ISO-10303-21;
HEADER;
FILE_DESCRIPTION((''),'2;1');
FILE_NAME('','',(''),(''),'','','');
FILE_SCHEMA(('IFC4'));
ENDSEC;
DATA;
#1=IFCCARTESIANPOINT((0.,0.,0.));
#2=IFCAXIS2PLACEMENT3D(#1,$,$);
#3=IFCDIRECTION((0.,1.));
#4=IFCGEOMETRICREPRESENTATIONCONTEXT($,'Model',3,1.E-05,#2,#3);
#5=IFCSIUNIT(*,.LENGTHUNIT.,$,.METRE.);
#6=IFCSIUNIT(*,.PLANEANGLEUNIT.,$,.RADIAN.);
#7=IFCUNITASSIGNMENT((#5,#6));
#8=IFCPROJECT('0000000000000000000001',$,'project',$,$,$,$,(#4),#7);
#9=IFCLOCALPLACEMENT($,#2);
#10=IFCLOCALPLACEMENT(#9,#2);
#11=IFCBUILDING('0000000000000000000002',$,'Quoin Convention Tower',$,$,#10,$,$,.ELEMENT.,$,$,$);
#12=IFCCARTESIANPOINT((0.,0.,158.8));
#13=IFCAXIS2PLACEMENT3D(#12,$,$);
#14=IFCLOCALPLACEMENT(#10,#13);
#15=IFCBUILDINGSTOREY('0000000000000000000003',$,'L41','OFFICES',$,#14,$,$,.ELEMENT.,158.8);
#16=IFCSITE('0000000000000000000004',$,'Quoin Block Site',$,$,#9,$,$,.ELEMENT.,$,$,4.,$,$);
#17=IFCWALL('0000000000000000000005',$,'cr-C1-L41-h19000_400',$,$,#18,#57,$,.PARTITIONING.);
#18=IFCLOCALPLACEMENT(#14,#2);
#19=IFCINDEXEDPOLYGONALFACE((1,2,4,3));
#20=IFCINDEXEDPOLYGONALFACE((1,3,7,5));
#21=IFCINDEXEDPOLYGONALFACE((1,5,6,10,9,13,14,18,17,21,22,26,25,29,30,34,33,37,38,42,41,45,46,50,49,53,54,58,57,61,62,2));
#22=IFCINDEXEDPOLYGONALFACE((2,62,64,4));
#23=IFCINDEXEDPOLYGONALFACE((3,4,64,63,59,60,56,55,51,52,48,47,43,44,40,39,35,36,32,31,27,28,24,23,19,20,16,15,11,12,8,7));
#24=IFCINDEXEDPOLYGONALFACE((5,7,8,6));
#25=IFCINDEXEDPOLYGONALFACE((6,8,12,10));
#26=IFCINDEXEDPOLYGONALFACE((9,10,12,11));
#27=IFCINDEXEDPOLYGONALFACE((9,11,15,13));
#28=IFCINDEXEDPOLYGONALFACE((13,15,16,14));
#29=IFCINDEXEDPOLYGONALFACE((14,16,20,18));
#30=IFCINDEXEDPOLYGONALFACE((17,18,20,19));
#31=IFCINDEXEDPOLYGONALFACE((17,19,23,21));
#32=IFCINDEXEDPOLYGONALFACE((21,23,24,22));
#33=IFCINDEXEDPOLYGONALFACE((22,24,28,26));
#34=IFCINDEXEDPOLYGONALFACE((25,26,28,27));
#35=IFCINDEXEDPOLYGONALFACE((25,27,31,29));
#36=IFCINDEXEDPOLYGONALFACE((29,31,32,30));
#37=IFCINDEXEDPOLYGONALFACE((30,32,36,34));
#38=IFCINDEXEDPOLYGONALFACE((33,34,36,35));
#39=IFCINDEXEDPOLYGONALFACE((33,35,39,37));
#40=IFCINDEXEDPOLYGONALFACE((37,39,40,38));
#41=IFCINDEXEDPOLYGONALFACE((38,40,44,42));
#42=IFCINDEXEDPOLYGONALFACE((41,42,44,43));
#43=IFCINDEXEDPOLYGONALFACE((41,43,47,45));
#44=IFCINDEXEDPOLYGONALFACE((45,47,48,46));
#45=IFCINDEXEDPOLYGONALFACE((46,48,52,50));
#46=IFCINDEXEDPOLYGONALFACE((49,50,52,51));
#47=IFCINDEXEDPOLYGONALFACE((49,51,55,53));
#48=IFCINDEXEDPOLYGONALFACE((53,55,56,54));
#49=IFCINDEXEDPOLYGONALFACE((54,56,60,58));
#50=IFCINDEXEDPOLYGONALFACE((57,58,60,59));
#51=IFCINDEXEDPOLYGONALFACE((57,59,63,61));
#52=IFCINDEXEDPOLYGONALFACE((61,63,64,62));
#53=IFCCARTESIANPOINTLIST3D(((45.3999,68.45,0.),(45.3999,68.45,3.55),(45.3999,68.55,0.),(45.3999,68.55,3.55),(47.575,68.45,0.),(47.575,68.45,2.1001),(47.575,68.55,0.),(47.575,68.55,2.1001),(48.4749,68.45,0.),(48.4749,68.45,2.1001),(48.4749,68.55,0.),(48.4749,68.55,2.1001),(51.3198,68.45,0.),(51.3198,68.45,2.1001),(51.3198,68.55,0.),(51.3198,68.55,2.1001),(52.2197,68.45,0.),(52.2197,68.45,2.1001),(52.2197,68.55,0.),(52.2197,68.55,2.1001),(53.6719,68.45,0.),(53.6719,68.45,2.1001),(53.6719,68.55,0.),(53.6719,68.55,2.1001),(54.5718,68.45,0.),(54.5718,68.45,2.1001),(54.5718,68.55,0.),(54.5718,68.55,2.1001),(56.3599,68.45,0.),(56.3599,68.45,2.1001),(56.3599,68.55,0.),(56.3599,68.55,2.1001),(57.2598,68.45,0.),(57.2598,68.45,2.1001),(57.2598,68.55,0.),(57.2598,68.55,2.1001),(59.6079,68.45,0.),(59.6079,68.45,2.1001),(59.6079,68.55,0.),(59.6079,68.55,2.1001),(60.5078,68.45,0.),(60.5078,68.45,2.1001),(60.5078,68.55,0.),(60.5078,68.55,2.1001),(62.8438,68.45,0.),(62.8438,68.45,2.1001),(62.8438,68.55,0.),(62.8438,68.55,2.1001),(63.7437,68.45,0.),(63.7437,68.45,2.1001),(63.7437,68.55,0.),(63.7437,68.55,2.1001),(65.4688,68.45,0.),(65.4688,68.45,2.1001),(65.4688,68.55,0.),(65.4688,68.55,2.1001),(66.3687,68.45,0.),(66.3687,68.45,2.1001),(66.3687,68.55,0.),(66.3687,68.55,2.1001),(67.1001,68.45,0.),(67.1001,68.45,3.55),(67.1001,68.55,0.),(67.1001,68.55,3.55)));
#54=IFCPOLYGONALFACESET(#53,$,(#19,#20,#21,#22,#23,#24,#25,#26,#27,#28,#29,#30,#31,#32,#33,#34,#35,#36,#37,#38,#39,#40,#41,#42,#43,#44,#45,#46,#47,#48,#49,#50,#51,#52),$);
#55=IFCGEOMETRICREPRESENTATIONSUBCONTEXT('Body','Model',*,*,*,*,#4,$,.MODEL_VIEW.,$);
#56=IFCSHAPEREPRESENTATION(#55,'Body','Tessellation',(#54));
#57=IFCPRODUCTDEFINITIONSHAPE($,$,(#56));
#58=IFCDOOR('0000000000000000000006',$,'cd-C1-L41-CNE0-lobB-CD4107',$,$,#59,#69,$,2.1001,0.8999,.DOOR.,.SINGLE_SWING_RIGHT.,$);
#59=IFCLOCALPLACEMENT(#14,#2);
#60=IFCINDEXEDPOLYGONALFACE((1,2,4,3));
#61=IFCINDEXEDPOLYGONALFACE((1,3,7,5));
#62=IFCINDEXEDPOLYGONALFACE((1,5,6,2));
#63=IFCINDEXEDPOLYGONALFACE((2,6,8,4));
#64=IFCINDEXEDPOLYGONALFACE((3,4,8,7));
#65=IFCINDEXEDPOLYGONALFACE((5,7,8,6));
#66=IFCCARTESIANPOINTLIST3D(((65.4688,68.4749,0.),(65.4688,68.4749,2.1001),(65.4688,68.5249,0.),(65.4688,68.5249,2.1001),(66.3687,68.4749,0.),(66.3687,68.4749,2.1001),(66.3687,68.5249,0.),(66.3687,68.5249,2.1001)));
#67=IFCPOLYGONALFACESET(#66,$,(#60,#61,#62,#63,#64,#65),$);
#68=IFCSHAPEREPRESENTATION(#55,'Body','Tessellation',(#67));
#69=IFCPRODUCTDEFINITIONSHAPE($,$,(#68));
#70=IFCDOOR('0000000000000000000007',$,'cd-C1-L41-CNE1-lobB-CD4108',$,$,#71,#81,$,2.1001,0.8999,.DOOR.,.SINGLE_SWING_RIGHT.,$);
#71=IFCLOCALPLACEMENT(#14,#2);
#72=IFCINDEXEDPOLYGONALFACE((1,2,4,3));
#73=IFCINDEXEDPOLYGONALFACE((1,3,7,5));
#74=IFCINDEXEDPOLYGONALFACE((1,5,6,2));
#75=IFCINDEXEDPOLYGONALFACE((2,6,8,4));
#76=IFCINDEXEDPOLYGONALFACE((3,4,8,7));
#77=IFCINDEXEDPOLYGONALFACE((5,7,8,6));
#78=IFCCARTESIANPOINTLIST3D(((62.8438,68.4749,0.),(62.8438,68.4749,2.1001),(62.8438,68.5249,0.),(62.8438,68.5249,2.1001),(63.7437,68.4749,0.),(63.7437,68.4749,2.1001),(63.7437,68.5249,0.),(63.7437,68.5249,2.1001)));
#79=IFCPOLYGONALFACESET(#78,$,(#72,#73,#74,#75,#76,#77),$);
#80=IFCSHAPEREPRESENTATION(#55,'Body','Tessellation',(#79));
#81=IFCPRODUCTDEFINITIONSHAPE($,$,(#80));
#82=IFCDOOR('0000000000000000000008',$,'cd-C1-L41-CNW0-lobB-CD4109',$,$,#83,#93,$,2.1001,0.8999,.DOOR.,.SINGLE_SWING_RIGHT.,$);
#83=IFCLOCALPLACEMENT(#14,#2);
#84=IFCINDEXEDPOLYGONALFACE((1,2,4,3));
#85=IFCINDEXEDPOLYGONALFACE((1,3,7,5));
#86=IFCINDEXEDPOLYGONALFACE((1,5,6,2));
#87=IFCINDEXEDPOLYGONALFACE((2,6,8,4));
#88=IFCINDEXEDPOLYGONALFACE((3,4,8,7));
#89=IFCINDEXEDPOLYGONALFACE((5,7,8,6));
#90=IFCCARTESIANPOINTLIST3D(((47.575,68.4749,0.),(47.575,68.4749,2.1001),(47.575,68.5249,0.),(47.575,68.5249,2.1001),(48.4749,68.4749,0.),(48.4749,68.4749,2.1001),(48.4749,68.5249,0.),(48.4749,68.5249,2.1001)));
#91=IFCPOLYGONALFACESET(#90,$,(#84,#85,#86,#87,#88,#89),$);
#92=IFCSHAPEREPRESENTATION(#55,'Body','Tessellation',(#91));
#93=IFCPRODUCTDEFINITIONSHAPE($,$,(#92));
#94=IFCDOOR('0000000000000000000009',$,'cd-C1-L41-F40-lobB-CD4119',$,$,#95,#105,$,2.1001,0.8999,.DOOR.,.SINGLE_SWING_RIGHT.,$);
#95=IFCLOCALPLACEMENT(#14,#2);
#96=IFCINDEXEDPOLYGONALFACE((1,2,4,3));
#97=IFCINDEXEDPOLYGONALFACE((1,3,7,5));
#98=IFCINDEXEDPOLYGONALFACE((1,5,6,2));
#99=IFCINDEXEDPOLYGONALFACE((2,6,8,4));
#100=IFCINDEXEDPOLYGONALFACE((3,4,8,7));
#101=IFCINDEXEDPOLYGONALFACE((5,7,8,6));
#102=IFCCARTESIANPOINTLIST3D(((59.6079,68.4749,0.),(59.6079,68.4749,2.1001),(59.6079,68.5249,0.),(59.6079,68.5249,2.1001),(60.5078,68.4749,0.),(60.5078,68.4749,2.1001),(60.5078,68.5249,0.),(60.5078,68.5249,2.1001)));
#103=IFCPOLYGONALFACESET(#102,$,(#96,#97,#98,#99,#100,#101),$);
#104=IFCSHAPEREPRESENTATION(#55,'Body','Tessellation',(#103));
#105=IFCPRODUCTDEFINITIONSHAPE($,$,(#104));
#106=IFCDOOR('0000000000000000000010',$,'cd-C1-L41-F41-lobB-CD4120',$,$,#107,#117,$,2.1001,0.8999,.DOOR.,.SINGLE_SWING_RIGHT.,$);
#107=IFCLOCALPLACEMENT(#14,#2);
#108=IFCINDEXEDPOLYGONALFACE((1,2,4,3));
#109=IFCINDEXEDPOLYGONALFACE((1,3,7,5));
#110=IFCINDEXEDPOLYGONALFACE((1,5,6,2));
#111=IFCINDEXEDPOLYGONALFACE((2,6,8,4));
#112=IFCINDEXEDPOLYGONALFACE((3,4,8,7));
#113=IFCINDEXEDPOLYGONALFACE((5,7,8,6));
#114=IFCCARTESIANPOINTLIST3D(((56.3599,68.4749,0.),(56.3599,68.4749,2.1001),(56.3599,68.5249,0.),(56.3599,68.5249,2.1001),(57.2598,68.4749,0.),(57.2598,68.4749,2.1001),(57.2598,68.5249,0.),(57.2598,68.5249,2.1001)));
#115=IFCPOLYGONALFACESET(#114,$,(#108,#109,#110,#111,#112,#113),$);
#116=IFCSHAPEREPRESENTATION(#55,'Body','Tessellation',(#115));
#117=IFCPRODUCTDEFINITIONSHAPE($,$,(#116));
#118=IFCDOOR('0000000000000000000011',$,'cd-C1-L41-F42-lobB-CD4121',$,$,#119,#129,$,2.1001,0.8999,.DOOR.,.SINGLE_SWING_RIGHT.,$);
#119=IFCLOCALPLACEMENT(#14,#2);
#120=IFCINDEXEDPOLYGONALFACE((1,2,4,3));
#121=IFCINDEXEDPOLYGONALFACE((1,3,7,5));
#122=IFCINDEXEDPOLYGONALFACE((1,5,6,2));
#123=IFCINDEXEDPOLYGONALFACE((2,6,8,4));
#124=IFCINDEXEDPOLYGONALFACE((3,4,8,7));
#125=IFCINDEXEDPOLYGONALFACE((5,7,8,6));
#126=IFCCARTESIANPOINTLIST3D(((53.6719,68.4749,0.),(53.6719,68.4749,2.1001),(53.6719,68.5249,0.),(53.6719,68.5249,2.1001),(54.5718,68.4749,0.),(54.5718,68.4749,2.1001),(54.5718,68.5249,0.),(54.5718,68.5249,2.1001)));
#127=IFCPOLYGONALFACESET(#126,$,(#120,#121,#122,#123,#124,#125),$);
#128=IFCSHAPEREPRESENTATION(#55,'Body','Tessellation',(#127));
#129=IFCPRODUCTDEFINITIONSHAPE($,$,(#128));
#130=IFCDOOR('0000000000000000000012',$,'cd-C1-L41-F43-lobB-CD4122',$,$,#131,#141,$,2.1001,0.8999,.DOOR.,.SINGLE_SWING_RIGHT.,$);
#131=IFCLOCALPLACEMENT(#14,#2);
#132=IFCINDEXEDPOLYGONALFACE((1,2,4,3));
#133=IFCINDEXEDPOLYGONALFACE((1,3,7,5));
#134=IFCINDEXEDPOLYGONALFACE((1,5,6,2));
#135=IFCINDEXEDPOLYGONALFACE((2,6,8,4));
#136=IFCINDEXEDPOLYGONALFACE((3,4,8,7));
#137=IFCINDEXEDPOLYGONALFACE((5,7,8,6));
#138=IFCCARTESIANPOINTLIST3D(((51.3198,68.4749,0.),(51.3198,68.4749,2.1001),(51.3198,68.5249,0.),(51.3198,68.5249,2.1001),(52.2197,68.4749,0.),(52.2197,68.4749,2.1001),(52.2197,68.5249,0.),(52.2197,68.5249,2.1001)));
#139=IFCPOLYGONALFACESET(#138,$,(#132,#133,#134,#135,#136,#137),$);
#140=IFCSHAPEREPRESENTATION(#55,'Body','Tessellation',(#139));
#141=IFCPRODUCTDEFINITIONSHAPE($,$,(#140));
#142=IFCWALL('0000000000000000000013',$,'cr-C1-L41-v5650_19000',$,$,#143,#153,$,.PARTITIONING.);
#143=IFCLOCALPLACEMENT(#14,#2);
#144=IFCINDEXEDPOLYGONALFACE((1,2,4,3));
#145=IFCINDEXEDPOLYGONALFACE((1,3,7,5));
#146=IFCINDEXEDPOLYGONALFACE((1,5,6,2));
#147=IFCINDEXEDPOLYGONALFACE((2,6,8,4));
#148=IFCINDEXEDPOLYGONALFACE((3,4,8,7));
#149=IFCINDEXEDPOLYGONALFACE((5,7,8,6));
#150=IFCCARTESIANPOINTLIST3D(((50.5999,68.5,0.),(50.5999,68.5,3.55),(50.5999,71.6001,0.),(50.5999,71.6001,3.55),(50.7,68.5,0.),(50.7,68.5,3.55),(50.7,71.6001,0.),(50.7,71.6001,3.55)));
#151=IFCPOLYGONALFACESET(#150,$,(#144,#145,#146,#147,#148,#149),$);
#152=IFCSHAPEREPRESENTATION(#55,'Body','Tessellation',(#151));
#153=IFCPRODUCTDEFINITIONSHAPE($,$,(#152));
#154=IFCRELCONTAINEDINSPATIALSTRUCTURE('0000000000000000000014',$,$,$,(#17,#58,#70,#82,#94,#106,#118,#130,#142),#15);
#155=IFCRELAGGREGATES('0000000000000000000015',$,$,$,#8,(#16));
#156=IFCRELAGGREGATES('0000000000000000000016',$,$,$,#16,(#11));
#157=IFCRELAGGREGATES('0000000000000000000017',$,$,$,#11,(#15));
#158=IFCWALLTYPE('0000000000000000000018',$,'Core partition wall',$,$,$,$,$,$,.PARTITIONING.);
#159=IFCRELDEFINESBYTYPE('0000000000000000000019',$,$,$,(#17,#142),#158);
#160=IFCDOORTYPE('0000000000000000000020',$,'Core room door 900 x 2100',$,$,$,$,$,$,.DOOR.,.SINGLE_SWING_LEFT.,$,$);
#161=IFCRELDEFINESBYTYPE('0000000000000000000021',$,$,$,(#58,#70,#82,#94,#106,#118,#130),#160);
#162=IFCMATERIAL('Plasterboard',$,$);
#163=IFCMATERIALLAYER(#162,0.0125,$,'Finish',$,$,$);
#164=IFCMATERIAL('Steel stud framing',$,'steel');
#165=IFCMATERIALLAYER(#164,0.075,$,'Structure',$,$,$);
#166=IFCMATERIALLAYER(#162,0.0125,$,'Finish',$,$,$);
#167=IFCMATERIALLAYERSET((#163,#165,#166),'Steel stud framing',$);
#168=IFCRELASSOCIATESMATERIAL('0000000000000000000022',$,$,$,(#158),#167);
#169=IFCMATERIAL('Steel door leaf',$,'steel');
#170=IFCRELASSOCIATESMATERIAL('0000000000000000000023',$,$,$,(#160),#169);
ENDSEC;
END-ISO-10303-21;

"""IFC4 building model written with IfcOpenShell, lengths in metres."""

from ifc_helpers import new_model, si_unit, direction, frame, frame_2d, origin, place, context, subcontext, project, spatial, rectangle, extrude, material, layer, layer_set, type_object, element, fill, save


model = new_model("IFC4")

# Units and contexts
model_context = context("Model", 3, precision=1e-05, world=origin(), true_north=direction((0.0, 1.0)))
body_context = subcontext(model_context, "Body", "Model", "MODEL_VIEW")
ifc_project = project(units=[si_unit("LENGTHUNIT", "METRE"), si_unit("PLANEANGLEUNIT", "RADIAN")], contexts=[model_context])

# Site, building, storey
site_placement = place(None, origin())
site = spatial("IfcSite", under=ifc_project, at=site_placement, Name="Quoin Block Site", CompositionType="ELEMENT", RefElevation=4.0)
building_placement = place(site_placement, origin())
building = spatial("IfcBuilding", under=site, at=building_placement, Name="Quoin Convention Tower", CompositionType="ELEMENT")
storey_placement = place(building_placement, frame((0.0, 0.0, 158.8)))
storey = spatial("IfcBuildingStorey", under=building, at=storey_placement, Name="L41", Description="OFFICES", CompositionType="ELEMENT", Elevation=158.8)

# Wall, openings, doors
ifc_material_1 = material(Name="Plasterboard")
ifc_layer_1 = layer(ifc_material_1, 0.0125, Name="Finish")
ifc_material_2 = material(Name="Steel stud framing", Category="steel")
ifc_layer_2 = layer(ifc_material_2, 0.075, Name="Structure")
ifc_layer_3 = layer(ifc_material_1, 0.0125, Name="Finish")
ifc_layer_set_1 = layer_set([ifc_layer_1, ifc_layer_2, ifc_layer_3], Name="Steel stud framing")
wall_type_1 = type_object("IfcWallType", Name="Core partition wall", PredefinedType="PARTITIONING", material=ifc_layer_set_1)
wall_1_placement = place(storey_placement, frame((45.3999, 68.5, 0.0), z_axis=(0.0, 0.0, 1.0), x_axis=(1.0, 0.0, 0.0)))
wall_1 = element("IfcWall", 1, at=wall_1_placement, inside=storey, type_object=wall_type_1, Name="cr-C1-L41-h19000_400", PredefinedType="PARTITIONING", context=body_context, shape_type="SweptSolid", body=[
    extrude(rectangle(XDim=21.7002, YDim=0.1001, at=frame_2d((10.8501, 0.0))), origin(), (0.0, 0.0, 1.0), 3.55),
])
opening_1_placement = place(wall_1_placement, frame((20.0688, 0.0, 0.0)))
opening_1 = element("IfcOpeningElement", 2, at=opening_1_placement, cuts=wall_1, PredefinedType="OPENING", context=body_context, shape_type="SweptSolid", body=[
    extrude(rectangle(XDim=0.8999, YDim=2.1001, at=frame_2d((0.45, 1.05))), frame((0.0, 0.0601, 0.0), z_axis=(0.0, -1.0, 0.0), x_axis=(1.0, 0.0, 0.0)), (0.0, 0.0, 1.0), 0.1201),
])
opening_2_placement = place(wall_1_placement, frame((17.4438, 0.0, 0.0)))
opening_2 = element("IfcOpeningElement", 3, at=opening_2_placement, cuts=wall_1, PredefinedType="OPENING", context=body_context, shape_type="SweptSolid", body=[
    extrude(rectangle(XDim=0.8999, YDim=2.1001, at=frame_2d((0.45, 1.05))), frame((0.0, 0.0601, 0.0), z_axis=(0.0, -1.0, 0.0), x_axis=(1.0, 0.0, 0.0)), (0.0, 0.0, 1.0), 0.1201),
])
opening_3_placement = place(wall_1_placement, frame((2.175, 0.0, 0.0)))
opening_3 = element("IfcOpeningElement", 4, at=opening_3_placement, cuts=wall_1, PredefinedType="OPENING", context=body_context, shape_type="SweptSolid", body=[
    extrude(rectangle(XDim=0.8999, YDim=2.1001, at=frame_2d((0.45, 1.05))), frame((0.0, 0.0601, 0.0), z_axis=(0.0, -1.0, 0.0), x_axis=(1.0, 0.0, 0.0)), (0.0, 0.0, 1.0), 0.1201),
])
opening_4_placement = place(wall_1_placement, frame((14.208, 0.0, 0.0)))
opening_4 = element("IfcOpeningElement", 5, at=opening_4_placement, cuts=wall_1, PredefinedType="OPENING", context=body_context, shape_type="SweptSolid", body=[
    extrude(rectangle(XDim=0.8999, YDim=2.1001, at=frame_2d((0.45, 1.05))), frame((0.0, 0.0601, 0.0), z_axis=(0.0, -1.0, 0.0), x_axis=(1.0, 0.0, 0.0)), (0.0, 0.0, 1.0), 0.1201),
])
opening_5_placement = place(wall_1_placement, frame((10.96, 0.0, 0.0)))
opening_5 = element("IfcOpeningElement", 6, at=opening_5_placement, cuts=wall_1, PredefinedType="OPENING", context=body_context, shape_type="SweptSolid", body=[
    extrude(rectangle(XDim=0.8999, YDim=2.1001, at=frame_2d((0.45, 1.05))), frame((0.0, 0.0601, 0.0), z_axis=(0.0, -1.0, 0.0), x_axis=(1.0, 0.0, 0.0)), (0.0, 0.0, 1.0), 0.1201),
])
opening_6_placement = place(wall_1_placement, frame((8.272, 0.0, 0.0)))
opening_6 = element("IfcOpeningElement", 7, at=opening_6_placement, cuts=wall_1, PredefinedType="OPENING", context=body_context, shape_type="SweptSolid", body=[
    extrude(rectangle(XDim=0.8999, YDim=2.1001, at=frame_2d((0.45, 1.05))), frame((0.0, 0.0601, 0.0), z_axis=(0.0, -1.0, 0.0), x_axis=(1.0, 0.0, 0.0)), (0.0, 0.0, 1.0), 0.1201),
])
opening_7_placement = place(wall_1_placement, frame((5.9199, 0.0, 0.0)))
opening_7 = element("IfcOpeningElement", 8, at=opening_7_placement, cuts=wall_1, PredefinedType="OPENING", context=body_context, shape_type="SweptSolid", body=[
    extrude(rectangle(XDim=0.8999, YDim=2.1001, at=frame_2d((0.45, 1.05))), frame((0.0, 0.0601, 0.0), z_axis=(0.0, -1.0, 0.0), x_axis=(1.0, 0.0, 0.0)), (0.0, 0.0, 1.0), 0.1201),
])
ifc_material_3 = material(Name="Steel door leaf", Category="steel")
door_type_1 = type_object("IfcDoorType", Name="Core room door 900 x 2100", OperationType="SINGLE_SWING_LEFT", PredefinedType="DOOR", material=ifc_material_3)
door_1_placement = place(opening_1_placement, origin())
door_1 = element("IfcDoor", 9, at=door_1_placement, inside=storey, type_object=door_type_1, Name="cd-C1-L41-CNE0-lobB-CD4107", OperationType="SINGLE_SWING_RIGHT", OverallHeight=2.1001, OverallWidth=0.8999, PredefinedType="DOOR", context=body_context, shape_type="SweptSolid", body=[
    extrude(rectangle(XDim=0.8999, YDim=2.1001, at=frame_2d((0.45, 1.05))), frame((0.0, 0.0249, 0.0), z_axis=(0.0, -1.0, 0.0), x_axis=(1.0, 0.0, 0.0)), (0.0, 0.0, 1.0), 0.05),
])
fill(opening_1, door_1)
door_2_placement = place(opening_2_placement, origin())
door_2 = element("IfcDoor", 10, at=door_2_placement, inside=storey, type_object=door_type_1, Name="cd-C1-L41-CNE1-lobB-CD4108", OperationType="SINGLE_SWING_RIGHT", OverallHeight=2.1001, OverallWidth=0.8999, PredefinedType="DOOR", context=body_context, shape_type="SweptSolid", body=[
    extrude(rectangle(XDim=0.8999, YDim=2.1001, at=frame_2d((0.45, 1.05))), frame((0.0, 0.0249, 0.0), z_axis=(0.0, -1.0, 0.0), x_axis=(1.0, 0.0, 0.0)), (0.0, 0.0, 1.0), 0.05),
])
fill(opening_2, door_2)
door_3_placement = place(opening_3_placement, origin())
door_3 = element("IfcDoor", 11, at=door_3_placement, inside=storey, type_object=door_type_1, Name="cd-C1-L41-CNW0-lobB-CD4109", OperationType="SINGLE_SWING_RIGHT", OverallHeight=2.1001, OverallWidth=0.8999, PredefinedType="DOOR", context=body_context, shape_type="SweptSolid", body=[
    extrude(rectangle(XDim=0.8999, YDim=2.1001, at=frame_2d((0.45, 1.05))), frame((0.0, 0.0249, 0.0), z_axis=(0.0, -1.0, 0.0), x_axis=(1.0, 0.0, 0.0)), (0.0, 0.0, 1.0), 0.05),
])
fill(opening_3, door_3)
door_4_placement = place(opening_4_placement, origin())
door_4 = element("IfcDoor", 12, at=door_4_placement, inside=storey, type_object=door_type_1, Name="cd-C1-L41-F40-lobB-CD4119", OperationType="SINGLE_SWING_RIGHT", OverallHeight=2.1001, OverallWidth=0.8999, PredefinedType="DOOR", context=body_context, shape_type="SweptSolid", body=[
    extrude(rectangle(XDim=0.8999, YDim=2.1001, at=frame_2d((0.45, 1.05))), frame((0.0, 0.0249, 0.0), z_axis=(0.0, -1.0, 0.0), x_axis=(1.0, 0.0, 0.0)), (0.0, 0.0, 1.0), 0.05),
])
fill(opening_4, door_4)
door_5_placement = place(opening_5_placement, origin())
door_5 = element("IfcDoor", 13, at=door_5_placement, inside=storey, type_object=door_type_1, Name="cd-C1-L41-F41-lobB-CD4120", OperationType="SINGLE_SWING_RIGHT", OverallHeight=2.1001, OverallWidth=0.8999, PredefinedType="DOOR", context=body_context, shape_type="SweptSolid", body=[
    extrude(rectangle(XDim=0.8999, YDim=2.1001, at=frame_2d((0.45, 1.05))), frame((0.0, 0.0249, 0.0), z_axis=(0.0, -1.0, 0.0), x_axis=(1.0, 0.0, 0.0)), (0.0, 0.0, 1.0), 0.05),
])
fill(opening_5, door_5)
door_6_placement = place(opening_6_placement, origin())
door_6 = element("IfcDoor", 14, at=door_6_placement, inside=storey, type_object=door_type_1, Name="cd-C1-L41-F42-lobB-CD4121", OperationType="SINGLE_SWING_RIGHT", OverallHeight=2.1001, OverallWidth=0.8999, PredefinedType="DOOR", context=body_context, shape_type="SweptSolid", body=[
    extrude(rectangle(XDim=0.8999, YDim=2.1001, at=frame_2d((0.45, 1.05))), frame((0.0, 0.0249, 0.0), z_axis=(0.0, -1.0, 0.0), x_axis=(1.0, 0.0, 0.0)), (0.0, 0.0, 1.0), 0.05),
])
fill(opening_6, door_6)
door_7_placement = place(opening_7_placement, origin())
door_7 = element("IfcDoor", 15, at=door_7_placement, inside=storey, type_object=door_type_1, Name="cd-C1-L41-F43-lobB-CD4122", OperationType="SINGLE_SWING_RIGHT", OverallHeight=2.1001, OverallWidth=0.8999, PredefinedType="DOOR", context=body_context, shape_type="SweptSolid", body=[
    extrude(rectangle(XDim=0.8999, YDim=2.1001, at=frame_2d((0.45, 1.05))), frame((0.0, 0.0249, 0.0), z_axis=(0.0, -1.0, 0.0), x_axis=(1.0, 0.0, 0.0)), (0.0, 0.0, 1.0), 0.05),
])
fill(opening_7, door_7)

# Wall
wall_2_placement = place(storey_placement, frame((50.6499, 68.5, 0.0), z_axis=(0.0, 0.0, 1.0), x_axis=(0.0, 1.0, 0.0)))
element("IfcWall", 16, at=wall_2_placement, inside=storey, type_object=wall_type_1, Name="cr-C1-L41-v5650_19000", PredefinedType="PARTITIONING", context=body_context, shape_type="SweptSolid", body=[
    extrude(rectangle(XDim=3.1001, YDim=0.1001, at=frame_2d((1.55, 0.0))), origin(), (0.0, 0.0, 1.0), 3.55),
])

save(model, "model.ifc")
